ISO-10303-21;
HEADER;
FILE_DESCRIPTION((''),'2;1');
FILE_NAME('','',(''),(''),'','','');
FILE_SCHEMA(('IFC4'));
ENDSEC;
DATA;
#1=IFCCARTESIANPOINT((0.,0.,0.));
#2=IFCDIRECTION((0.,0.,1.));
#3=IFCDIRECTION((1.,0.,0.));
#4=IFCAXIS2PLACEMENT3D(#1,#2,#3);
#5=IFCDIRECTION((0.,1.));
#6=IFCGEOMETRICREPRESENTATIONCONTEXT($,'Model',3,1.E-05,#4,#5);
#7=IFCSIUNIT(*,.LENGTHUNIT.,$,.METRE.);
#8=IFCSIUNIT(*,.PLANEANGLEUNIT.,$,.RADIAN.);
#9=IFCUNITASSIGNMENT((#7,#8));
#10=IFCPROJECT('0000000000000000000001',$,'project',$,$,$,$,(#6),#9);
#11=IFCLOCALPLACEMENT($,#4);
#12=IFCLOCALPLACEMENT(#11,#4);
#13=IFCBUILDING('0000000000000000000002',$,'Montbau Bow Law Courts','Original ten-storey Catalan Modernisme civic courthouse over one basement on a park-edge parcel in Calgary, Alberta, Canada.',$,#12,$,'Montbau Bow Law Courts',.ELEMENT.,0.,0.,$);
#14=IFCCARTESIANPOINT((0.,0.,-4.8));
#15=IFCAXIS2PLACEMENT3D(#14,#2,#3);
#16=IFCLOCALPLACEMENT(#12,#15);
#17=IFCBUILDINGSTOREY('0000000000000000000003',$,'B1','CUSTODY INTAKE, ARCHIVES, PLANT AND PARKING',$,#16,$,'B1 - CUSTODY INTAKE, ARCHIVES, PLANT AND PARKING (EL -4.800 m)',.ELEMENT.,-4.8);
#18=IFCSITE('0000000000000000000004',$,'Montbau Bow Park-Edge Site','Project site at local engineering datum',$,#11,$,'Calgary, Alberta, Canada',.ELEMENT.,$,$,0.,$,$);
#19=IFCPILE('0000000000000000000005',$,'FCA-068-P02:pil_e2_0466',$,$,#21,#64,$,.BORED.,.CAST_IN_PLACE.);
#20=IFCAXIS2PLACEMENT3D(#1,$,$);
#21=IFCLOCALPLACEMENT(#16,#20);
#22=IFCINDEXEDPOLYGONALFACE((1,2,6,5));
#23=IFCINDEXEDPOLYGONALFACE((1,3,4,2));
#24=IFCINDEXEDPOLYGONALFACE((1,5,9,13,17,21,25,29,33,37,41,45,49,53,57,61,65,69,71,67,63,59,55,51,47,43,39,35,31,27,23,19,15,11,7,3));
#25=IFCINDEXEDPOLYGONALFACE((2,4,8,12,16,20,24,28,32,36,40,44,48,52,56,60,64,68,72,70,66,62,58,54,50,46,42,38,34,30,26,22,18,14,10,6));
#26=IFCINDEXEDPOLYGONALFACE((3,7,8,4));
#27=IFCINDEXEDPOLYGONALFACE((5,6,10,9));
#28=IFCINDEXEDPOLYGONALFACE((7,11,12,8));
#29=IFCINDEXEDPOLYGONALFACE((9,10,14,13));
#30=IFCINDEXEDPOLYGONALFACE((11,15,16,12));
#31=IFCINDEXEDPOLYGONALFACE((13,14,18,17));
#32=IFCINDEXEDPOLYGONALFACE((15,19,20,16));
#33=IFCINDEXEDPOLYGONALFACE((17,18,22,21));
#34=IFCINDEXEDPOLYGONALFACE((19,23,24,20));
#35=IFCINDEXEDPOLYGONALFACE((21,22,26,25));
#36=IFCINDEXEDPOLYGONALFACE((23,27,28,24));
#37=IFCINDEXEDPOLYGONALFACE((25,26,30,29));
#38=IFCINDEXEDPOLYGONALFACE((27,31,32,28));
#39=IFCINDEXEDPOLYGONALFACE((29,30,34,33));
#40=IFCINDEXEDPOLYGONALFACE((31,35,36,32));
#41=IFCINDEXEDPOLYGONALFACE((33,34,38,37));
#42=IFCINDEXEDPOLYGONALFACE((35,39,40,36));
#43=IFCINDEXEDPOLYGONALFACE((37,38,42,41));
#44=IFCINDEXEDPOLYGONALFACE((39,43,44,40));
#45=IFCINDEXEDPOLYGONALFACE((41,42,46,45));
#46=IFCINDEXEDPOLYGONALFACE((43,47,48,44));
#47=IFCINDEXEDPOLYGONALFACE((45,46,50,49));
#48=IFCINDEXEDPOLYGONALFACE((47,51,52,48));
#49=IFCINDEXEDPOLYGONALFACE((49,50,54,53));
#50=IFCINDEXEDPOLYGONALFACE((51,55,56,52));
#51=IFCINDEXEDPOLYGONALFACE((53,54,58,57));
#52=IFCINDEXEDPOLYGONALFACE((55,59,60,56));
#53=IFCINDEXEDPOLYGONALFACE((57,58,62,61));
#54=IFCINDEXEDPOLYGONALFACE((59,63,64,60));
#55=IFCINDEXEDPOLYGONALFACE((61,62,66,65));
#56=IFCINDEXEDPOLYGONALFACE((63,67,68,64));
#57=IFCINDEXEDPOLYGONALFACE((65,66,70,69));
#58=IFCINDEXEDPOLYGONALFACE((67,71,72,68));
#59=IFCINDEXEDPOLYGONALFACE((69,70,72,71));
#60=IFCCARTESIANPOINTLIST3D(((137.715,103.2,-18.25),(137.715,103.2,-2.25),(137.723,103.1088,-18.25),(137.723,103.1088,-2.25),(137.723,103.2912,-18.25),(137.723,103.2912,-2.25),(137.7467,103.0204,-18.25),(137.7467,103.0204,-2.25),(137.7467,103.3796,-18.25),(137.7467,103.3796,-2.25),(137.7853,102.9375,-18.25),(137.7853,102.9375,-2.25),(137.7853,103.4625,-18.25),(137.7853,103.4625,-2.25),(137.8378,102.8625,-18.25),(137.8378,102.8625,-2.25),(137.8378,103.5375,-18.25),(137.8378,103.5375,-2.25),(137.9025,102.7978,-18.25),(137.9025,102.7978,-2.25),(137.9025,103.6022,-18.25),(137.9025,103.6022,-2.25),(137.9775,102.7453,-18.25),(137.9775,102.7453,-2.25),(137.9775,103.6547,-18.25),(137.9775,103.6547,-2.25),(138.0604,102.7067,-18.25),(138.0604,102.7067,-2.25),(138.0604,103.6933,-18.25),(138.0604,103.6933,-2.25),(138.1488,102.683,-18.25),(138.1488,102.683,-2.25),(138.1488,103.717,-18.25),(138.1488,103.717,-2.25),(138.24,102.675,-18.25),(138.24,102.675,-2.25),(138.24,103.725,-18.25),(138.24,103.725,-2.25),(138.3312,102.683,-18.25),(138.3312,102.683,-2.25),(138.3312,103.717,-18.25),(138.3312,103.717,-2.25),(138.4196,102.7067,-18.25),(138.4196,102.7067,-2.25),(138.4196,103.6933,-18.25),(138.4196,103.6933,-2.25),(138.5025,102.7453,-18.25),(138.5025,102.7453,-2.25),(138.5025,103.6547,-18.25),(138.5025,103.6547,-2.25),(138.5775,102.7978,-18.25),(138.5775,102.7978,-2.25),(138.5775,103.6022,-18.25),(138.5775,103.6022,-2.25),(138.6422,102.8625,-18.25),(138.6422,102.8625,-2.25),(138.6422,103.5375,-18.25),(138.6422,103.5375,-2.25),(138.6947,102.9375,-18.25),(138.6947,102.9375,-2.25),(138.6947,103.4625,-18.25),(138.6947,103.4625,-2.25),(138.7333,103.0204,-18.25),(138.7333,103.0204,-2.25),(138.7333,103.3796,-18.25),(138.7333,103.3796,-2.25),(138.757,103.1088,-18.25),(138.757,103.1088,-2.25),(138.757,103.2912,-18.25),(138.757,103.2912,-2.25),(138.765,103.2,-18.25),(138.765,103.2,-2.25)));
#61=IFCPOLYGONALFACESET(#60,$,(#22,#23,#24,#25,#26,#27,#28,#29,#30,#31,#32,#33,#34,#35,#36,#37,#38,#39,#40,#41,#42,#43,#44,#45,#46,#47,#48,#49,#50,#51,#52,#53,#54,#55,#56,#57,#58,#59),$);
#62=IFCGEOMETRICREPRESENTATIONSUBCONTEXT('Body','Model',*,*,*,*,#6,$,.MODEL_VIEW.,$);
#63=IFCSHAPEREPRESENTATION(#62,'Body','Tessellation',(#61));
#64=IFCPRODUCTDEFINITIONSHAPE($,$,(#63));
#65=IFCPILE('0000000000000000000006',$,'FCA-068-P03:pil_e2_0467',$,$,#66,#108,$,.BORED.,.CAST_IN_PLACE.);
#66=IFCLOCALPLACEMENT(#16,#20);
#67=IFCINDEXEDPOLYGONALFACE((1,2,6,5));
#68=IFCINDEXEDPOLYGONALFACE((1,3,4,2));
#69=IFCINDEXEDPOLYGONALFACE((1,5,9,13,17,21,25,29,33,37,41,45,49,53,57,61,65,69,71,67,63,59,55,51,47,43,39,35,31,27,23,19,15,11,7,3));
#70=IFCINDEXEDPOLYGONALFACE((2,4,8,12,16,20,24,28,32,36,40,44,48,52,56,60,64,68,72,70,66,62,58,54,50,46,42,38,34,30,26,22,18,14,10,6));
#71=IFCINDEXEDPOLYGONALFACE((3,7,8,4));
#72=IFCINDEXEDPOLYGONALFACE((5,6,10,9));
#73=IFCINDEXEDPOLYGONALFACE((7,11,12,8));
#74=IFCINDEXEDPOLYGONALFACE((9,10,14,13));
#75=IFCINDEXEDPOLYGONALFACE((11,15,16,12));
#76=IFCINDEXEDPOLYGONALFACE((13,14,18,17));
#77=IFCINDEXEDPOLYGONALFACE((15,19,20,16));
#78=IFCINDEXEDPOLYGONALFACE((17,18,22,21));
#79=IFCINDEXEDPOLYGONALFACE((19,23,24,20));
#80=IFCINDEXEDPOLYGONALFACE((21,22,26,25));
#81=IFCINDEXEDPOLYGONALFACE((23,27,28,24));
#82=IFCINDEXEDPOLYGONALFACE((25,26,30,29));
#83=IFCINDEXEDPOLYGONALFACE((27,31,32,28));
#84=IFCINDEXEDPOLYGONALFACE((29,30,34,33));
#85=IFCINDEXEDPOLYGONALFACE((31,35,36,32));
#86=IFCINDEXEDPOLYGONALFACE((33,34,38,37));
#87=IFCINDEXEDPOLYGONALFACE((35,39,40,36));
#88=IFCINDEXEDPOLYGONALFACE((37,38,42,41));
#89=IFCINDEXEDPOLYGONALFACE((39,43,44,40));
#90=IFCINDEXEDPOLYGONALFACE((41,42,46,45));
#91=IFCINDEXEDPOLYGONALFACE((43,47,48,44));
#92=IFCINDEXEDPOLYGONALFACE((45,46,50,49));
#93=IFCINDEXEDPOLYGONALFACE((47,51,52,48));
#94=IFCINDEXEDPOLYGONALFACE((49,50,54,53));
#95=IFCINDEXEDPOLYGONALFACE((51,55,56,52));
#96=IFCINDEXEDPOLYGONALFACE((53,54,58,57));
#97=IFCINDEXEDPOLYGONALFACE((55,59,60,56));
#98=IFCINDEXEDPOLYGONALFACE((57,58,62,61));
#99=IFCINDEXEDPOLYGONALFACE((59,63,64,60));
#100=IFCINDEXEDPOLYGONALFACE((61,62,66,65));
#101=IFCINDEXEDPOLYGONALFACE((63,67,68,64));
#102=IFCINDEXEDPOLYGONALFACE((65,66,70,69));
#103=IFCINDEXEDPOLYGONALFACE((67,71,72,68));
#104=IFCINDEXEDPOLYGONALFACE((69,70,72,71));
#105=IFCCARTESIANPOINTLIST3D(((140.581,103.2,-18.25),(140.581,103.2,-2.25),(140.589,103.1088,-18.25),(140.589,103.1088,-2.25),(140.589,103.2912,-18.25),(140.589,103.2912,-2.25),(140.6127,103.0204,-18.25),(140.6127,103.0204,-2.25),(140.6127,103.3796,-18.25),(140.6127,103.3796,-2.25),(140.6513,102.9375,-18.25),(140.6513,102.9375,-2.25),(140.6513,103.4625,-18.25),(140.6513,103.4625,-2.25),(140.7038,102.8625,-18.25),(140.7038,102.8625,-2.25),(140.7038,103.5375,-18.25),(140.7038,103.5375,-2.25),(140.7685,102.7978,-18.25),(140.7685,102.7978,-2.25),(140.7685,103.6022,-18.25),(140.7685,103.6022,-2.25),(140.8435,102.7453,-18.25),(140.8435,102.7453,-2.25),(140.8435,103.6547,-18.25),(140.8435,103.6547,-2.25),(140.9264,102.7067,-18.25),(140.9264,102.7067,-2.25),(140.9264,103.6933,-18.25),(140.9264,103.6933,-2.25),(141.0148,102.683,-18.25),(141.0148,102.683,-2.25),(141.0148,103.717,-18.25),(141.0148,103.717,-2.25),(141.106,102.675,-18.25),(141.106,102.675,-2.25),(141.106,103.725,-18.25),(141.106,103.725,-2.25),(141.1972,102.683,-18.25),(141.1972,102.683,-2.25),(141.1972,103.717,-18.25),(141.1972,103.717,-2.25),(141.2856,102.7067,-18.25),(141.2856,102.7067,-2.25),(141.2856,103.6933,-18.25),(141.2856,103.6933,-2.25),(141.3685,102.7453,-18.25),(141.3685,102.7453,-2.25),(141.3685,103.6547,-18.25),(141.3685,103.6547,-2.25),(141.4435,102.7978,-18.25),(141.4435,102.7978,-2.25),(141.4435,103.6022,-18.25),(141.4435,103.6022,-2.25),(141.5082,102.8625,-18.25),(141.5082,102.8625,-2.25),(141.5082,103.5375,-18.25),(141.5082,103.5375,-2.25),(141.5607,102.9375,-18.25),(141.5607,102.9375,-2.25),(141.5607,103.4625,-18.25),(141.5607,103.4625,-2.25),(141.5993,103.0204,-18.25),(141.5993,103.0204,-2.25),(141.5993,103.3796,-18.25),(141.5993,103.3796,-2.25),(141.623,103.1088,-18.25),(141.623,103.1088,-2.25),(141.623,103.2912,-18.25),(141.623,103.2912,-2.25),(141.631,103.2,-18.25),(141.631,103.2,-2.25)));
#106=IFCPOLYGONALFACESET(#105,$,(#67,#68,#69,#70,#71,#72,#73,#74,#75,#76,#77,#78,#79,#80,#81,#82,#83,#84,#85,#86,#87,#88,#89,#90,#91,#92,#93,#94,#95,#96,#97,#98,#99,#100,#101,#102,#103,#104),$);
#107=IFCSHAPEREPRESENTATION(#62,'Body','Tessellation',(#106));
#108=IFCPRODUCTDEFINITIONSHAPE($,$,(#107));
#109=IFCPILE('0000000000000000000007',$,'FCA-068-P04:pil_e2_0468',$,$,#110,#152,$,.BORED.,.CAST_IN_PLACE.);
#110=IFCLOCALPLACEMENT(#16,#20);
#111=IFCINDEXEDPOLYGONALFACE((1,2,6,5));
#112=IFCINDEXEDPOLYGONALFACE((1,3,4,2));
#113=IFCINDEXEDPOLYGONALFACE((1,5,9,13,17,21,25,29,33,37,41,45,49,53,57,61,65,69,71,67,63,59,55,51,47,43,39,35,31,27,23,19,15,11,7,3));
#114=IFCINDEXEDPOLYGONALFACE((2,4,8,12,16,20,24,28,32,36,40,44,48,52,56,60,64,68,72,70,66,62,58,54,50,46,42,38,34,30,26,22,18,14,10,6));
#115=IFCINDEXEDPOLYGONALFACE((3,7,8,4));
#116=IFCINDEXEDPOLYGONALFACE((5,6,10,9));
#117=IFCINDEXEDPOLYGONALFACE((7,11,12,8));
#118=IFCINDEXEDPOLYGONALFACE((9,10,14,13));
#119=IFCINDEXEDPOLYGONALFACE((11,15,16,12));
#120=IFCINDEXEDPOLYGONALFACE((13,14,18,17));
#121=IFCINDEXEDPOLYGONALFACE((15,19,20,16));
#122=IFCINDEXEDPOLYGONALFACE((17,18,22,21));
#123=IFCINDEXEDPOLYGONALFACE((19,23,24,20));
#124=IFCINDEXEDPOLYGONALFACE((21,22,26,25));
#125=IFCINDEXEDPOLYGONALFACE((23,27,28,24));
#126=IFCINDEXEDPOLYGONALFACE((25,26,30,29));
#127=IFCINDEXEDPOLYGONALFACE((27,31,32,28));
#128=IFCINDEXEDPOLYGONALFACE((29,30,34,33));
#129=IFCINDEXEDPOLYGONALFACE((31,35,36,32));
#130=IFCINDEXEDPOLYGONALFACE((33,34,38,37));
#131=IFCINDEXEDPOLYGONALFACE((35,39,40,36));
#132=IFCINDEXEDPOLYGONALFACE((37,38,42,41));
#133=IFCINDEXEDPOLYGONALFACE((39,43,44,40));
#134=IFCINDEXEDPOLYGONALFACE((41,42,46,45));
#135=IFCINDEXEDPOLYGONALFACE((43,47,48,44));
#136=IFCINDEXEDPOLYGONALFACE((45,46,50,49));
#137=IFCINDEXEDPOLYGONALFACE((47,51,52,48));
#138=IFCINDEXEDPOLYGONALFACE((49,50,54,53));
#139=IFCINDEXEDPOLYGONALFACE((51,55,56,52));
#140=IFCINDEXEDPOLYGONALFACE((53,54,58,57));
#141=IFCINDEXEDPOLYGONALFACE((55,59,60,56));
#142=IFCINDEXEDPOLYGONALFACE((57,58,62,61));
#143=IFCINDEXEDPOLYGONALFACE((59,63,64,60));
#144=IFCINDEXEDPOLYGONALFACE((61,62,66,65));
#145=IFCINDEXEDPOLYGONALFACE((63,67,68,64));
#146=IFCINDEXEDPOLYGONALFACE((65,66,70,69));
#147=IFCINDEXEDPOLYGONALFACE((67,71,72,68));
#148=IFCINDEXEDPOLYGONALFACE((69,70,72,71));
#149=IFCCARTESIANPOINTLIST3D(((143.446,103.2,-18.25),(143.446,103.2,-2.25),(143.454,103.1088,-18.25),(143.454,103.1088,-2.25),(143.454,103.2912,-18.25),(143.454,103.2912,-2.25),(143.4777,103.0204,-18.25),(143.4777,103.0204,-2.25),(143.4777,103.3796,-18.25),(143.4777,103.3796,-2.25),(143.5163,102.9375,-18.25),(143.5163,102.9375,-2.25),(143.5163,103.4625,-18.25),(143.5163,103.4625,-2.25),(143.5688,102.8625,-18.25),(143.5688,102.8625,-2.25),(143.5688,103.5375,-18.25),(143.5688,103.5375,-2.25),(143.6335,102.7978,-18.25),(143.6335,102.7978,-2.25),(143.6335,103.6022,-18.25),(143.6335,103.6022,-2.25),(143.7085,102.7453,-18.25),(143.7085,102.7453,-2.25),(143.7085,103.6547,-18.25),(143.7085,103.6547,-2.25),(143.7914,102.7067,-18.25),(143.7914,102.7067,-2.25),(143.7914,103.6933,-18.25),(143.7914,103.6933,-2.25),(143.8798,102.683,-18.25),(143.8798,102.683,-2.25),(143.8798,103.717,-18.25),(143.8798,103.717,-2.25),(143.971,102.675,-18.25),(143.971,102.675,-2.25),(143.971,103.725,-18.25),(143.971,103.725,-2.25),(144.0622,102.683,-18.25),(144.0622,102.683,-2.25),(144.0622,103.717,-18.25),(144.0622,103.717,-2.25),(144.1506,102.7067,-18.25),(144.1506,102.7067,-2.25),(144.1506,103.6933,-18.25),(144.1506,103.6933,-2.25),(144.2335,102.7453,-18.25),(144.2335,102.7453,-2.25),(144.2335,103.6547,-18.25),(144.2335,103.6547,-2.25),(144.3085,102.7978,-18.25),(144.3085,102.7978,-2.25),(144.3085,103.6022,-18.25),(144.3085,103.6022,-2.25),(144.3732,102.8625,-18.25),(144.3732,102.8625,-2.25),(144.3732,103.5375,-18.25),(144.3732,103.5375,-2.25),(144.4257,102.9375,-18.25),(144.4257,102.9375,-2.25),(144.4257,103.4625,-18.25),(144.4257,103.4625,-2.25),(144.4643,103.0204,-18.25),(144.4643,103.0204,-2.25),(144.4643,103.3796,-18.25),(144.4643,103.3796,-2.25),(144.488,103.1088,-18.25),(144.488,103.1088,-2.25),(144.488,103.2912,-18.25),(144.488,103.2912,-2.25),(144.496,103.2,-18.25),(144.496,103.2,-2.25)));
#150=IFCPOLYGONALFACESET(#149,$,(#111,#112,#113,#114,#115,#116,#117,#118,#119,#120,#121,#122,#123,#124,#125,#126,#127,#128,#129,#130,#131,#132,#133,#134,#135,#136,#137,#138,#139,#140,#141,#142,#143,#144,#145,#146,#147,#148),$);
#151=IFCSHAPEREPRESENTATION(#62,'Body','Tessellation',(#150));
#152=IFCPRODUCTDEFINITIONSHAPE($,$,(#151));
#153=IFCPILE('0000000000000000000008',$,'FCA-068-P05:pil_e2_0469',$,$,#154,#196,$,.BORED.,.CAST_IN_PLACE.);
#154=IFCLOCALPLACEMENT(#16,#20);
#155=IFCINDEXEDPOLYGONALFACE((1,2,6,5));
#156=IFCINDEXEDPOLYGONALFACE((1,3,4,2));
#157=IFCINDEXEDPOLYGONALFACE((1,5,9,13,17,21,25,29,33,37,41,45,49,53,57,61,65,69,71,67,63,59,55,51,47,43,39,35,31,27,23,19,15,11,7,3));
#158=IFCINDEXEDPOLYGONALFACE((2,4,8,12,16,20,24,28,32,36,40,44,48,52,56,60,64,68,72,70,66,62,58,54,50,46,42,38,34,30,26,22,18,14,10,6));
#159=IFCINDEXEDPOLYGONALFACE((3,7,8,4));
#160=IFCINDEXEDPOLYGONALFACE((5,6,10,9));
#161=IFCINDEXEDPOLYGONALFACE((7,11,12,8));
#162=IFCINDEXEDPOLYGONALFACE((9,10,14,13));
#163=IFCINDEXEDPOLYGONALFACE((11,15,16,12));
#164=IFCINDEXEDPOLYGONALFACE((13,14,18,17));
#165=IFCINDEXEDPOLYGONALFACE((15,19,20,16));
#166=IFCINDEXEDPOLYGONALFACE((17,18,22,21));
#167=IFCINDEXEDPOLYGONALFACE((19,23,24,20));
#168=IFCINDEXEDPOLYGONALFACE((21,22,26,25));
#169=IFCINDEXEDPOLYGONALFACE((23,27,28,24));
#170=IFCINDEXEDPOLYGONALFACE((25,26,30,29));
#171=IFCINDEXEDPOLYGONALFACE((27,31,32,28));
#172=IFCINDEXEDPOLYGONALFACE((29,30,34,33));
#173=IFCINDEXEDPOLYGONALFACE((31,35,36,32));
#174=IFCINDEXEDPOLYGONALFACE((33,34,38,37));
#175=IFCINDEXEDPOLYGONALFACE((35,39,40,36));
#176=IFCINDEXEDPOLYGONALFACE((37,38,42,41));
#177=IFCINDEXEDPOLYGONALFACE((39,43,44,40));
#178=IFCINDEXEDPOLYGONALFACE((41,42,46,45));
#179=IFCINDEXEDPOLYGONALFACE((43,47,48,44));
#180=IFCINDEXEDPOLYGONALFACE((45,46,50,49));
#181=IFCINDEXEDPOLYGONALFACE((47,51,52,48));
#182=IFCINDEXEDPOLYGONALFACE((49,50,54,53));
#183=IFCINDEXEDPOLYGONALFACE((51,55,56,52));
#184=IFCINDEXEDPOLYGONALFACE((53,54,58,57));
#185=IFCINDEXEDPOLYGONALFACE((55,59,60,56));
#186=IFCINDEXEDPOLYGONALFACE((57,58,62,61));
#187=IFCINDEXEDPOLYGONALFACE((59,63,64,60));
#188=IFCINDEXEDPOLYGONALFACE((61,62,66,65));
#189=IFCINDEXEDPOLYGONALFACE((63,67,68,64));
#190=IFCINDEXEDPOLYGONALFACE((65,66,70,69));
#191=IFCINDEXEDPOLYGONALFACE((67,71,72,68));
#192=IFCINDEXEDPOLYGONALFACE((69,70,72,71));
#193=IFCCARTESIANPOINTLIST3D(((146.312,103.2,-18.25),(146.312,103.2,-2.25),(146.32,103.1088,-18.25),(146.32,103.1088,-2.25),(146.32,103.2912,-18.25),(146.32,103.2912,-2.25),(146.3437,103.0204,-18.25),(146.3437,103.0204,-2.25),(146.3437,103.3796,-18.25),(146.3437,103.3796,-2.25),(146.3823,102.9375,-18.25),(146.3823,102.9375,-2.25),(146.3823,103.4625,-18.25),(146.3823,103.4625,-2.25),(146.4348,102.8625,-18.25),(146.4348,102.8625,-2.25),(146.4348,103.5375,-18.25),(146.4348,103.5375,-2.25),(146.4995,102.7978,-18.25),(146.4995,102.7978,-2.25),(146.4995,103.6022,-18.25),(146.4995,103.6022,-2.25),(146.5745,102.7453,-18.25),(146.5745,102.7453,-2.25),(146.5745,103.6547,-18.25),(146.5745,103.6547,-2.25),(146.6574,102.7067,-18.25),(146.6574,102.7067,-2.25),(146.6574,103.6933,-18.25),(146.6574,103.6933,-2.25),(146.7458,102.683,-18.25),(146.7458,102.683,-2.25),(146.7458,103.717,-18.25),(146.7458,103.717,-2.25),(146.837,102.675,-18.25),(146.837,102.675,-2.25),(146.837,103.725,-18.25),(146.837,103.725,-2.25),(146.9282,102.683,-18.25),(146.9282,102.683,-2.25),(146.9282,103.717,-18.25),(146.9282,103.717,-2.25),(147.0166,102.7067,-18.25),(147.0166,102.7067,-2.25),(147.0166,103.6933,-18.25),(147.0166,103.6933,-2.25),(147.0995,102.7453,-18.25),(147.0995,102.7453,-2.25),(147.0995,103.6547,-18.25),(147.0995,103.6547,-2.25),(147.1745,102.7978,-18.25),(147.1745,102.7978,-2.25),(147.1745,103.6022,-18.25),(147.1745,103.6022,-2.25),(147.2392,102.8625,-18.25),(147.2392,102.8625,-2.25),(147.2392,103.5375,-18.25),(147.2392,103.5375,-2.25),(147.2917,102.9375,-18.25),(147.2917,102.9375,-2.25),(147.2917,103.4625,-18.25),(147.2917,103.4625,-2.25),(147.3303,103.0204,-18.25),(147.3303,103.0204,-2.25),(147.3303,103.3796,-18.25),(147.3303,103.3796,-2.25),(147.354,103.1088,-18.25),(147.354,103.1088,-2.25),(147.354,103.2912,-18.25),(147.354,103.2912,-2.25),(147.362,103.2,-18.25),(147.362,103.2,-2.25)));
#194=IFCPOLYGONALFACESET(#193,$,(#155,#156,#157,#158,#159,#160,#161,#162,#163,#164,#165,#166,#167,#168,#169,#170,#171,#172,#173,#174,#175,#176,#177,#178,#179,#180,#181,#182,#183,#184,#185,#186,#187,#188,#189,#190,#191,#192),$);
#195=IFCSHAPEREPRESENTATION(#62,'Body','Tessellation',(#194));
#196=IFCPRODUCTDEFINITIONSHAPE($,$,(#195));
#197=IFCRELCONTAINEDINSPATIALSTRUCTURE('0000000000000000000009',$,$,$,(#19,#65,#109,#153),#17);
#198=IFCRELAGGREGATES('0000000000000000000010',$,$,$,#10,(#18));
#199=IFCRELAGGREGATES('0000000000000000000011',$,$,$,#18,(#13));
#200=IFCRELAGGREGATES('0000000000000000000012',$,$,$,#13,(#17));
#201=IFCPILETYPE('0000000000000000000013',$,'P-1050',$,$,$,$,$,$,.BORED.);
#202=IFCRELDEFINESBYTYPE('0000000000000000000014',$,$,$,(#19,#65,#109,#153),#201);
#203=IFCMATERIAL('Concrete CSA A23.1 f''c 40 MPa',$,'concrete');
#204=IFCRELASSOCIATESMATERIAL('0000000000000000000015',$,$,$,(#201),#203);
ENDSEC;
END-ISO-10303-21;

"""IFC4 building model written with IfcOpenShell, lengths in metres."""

from ifc_helpers import new_model, si_unit, direction, frame, origin_with_axes, origin_2d_with_axis, place, context, subcontext, project, spatial, circle, extrude, material, material_profile, profile_set, type_object, element, save


model = new_model("IFC4")

# Units and contexts
model_context = context("Model", 3, precision=1e-05, world=origin_with_axes(), true_north=direction((0.0, 1.0)))
body_context = subcontext(model_context, "Body", "Model", "MODEL_VIEW")
ifc_project = project(units=[si_unit("LENGTHUNIT", "METRE"), si_unit("PLANEANGLEUNIT", "RADIAN")], contexts=[model_context])

# Site, building, storey
site_placement = place(None, origin_with_axes())
site = spatial("IfcSite", under=ifc_project, at=site_placement, Name="Montbau Bow Park-Edge Site", Description="Project site at local engineering datum", LongName="Calgary, Alberta, Canada", CompositionType="ELEMENT", RefElevation=0.0)
building_placement = place(site_placement, origin_with_axes())
building = spatial("IfcBuilding", under=site, at=building_placement, Name="Montbau Bow Law Courts", Description="Original ten-storey Catalan Modernisme civic courthouse over one basement on a park-edge parcel in Calgary, Alberta, Canada.", LongName="Montbau Bow Law Courts", CompositionType="ELEMENT", ElevationOfRefHeight=0.0, ElevationOfTerrain=0.0)
storey_placement = place(building_placement, frame((0.0, 0.0, -4.8), z_axis=(0.0, 0.0, 1.0), x_axis=(1.0, 0.0, 0.0)))
storey = spatial("IfcBuildingStorey", under=building, at=storey_placement, Name="B1", Description="CUSTODY INTAKE, ARCHIVES, PLANT AND PARKING", LongName="B1 - CUSTODY INTAKE, ARCHIVES, PLANT AND PARKING (EL -4.800 m)", CompositionType="ELEMENT", Elevation=-4.8)

# Piles
ifc_material_1 = material(Name="Concrete CSA A23.1 f'c 40 MPa", Category="concrete")
ifc_material_profile_1 = material_profile(ifc_material_1, circle(Radius=0.525, at=origin_2d_with_axis()), Name="BP1050", Category="Main", Priority=0)
ifc_profile_set_1 = profile_set([ifc_material_profile_1], Name="Concrete CSA A23.1 f'c 40 MPa")
pile_type_1 = type_object("IfcPileType", Name="P-1050", PredefinedType="BORED", material=ifc_profile_set_1)
for number, where, z_axis, x_axis, name in (
    (1, (138.24, 103.2, -23.05), (0.0, 0.0, 1.0), (1.0, 0.0, 0.0), "FCA-068-P02:pil_e2_0466"),
    (2, (141.106, 103.2, -23.05), (0.0, 0.0, 1.0), (1.0, 0.0, 0.0), "FCA-068-P03:pil_e2_0467"),
    (3, (143.971, 103.2, -23.05), (0.0, 0.0, 1.0), (1.0, 0.0, 0.0), "FCA-068-P04:pil_e2_0468"),
    (4, (146.837, 103.2, -23.05), (0.0, 0.0, 1.0), (1.0, 0.0, 0.0), "FCA-068-P05:pil_e2_0469"),
):
    element("IfcPile", number, at=place(None, frame(where, z_axis=z_axis, x_axis=x_axis)), inside=storey, type_object=pile_type_1, Name=name, ConstructionType="CAST_IN_PLACE", PredefinedType="BORED", context=body_context, shape_type="SweptSolid", body=[
        extrude(circle(Radius=0.525, at=origin_2d_with_axis()), origin_with_axes(), (0.0, 0.0, 1.0), 16.0),
    ])

save(model, "model.ifc")
